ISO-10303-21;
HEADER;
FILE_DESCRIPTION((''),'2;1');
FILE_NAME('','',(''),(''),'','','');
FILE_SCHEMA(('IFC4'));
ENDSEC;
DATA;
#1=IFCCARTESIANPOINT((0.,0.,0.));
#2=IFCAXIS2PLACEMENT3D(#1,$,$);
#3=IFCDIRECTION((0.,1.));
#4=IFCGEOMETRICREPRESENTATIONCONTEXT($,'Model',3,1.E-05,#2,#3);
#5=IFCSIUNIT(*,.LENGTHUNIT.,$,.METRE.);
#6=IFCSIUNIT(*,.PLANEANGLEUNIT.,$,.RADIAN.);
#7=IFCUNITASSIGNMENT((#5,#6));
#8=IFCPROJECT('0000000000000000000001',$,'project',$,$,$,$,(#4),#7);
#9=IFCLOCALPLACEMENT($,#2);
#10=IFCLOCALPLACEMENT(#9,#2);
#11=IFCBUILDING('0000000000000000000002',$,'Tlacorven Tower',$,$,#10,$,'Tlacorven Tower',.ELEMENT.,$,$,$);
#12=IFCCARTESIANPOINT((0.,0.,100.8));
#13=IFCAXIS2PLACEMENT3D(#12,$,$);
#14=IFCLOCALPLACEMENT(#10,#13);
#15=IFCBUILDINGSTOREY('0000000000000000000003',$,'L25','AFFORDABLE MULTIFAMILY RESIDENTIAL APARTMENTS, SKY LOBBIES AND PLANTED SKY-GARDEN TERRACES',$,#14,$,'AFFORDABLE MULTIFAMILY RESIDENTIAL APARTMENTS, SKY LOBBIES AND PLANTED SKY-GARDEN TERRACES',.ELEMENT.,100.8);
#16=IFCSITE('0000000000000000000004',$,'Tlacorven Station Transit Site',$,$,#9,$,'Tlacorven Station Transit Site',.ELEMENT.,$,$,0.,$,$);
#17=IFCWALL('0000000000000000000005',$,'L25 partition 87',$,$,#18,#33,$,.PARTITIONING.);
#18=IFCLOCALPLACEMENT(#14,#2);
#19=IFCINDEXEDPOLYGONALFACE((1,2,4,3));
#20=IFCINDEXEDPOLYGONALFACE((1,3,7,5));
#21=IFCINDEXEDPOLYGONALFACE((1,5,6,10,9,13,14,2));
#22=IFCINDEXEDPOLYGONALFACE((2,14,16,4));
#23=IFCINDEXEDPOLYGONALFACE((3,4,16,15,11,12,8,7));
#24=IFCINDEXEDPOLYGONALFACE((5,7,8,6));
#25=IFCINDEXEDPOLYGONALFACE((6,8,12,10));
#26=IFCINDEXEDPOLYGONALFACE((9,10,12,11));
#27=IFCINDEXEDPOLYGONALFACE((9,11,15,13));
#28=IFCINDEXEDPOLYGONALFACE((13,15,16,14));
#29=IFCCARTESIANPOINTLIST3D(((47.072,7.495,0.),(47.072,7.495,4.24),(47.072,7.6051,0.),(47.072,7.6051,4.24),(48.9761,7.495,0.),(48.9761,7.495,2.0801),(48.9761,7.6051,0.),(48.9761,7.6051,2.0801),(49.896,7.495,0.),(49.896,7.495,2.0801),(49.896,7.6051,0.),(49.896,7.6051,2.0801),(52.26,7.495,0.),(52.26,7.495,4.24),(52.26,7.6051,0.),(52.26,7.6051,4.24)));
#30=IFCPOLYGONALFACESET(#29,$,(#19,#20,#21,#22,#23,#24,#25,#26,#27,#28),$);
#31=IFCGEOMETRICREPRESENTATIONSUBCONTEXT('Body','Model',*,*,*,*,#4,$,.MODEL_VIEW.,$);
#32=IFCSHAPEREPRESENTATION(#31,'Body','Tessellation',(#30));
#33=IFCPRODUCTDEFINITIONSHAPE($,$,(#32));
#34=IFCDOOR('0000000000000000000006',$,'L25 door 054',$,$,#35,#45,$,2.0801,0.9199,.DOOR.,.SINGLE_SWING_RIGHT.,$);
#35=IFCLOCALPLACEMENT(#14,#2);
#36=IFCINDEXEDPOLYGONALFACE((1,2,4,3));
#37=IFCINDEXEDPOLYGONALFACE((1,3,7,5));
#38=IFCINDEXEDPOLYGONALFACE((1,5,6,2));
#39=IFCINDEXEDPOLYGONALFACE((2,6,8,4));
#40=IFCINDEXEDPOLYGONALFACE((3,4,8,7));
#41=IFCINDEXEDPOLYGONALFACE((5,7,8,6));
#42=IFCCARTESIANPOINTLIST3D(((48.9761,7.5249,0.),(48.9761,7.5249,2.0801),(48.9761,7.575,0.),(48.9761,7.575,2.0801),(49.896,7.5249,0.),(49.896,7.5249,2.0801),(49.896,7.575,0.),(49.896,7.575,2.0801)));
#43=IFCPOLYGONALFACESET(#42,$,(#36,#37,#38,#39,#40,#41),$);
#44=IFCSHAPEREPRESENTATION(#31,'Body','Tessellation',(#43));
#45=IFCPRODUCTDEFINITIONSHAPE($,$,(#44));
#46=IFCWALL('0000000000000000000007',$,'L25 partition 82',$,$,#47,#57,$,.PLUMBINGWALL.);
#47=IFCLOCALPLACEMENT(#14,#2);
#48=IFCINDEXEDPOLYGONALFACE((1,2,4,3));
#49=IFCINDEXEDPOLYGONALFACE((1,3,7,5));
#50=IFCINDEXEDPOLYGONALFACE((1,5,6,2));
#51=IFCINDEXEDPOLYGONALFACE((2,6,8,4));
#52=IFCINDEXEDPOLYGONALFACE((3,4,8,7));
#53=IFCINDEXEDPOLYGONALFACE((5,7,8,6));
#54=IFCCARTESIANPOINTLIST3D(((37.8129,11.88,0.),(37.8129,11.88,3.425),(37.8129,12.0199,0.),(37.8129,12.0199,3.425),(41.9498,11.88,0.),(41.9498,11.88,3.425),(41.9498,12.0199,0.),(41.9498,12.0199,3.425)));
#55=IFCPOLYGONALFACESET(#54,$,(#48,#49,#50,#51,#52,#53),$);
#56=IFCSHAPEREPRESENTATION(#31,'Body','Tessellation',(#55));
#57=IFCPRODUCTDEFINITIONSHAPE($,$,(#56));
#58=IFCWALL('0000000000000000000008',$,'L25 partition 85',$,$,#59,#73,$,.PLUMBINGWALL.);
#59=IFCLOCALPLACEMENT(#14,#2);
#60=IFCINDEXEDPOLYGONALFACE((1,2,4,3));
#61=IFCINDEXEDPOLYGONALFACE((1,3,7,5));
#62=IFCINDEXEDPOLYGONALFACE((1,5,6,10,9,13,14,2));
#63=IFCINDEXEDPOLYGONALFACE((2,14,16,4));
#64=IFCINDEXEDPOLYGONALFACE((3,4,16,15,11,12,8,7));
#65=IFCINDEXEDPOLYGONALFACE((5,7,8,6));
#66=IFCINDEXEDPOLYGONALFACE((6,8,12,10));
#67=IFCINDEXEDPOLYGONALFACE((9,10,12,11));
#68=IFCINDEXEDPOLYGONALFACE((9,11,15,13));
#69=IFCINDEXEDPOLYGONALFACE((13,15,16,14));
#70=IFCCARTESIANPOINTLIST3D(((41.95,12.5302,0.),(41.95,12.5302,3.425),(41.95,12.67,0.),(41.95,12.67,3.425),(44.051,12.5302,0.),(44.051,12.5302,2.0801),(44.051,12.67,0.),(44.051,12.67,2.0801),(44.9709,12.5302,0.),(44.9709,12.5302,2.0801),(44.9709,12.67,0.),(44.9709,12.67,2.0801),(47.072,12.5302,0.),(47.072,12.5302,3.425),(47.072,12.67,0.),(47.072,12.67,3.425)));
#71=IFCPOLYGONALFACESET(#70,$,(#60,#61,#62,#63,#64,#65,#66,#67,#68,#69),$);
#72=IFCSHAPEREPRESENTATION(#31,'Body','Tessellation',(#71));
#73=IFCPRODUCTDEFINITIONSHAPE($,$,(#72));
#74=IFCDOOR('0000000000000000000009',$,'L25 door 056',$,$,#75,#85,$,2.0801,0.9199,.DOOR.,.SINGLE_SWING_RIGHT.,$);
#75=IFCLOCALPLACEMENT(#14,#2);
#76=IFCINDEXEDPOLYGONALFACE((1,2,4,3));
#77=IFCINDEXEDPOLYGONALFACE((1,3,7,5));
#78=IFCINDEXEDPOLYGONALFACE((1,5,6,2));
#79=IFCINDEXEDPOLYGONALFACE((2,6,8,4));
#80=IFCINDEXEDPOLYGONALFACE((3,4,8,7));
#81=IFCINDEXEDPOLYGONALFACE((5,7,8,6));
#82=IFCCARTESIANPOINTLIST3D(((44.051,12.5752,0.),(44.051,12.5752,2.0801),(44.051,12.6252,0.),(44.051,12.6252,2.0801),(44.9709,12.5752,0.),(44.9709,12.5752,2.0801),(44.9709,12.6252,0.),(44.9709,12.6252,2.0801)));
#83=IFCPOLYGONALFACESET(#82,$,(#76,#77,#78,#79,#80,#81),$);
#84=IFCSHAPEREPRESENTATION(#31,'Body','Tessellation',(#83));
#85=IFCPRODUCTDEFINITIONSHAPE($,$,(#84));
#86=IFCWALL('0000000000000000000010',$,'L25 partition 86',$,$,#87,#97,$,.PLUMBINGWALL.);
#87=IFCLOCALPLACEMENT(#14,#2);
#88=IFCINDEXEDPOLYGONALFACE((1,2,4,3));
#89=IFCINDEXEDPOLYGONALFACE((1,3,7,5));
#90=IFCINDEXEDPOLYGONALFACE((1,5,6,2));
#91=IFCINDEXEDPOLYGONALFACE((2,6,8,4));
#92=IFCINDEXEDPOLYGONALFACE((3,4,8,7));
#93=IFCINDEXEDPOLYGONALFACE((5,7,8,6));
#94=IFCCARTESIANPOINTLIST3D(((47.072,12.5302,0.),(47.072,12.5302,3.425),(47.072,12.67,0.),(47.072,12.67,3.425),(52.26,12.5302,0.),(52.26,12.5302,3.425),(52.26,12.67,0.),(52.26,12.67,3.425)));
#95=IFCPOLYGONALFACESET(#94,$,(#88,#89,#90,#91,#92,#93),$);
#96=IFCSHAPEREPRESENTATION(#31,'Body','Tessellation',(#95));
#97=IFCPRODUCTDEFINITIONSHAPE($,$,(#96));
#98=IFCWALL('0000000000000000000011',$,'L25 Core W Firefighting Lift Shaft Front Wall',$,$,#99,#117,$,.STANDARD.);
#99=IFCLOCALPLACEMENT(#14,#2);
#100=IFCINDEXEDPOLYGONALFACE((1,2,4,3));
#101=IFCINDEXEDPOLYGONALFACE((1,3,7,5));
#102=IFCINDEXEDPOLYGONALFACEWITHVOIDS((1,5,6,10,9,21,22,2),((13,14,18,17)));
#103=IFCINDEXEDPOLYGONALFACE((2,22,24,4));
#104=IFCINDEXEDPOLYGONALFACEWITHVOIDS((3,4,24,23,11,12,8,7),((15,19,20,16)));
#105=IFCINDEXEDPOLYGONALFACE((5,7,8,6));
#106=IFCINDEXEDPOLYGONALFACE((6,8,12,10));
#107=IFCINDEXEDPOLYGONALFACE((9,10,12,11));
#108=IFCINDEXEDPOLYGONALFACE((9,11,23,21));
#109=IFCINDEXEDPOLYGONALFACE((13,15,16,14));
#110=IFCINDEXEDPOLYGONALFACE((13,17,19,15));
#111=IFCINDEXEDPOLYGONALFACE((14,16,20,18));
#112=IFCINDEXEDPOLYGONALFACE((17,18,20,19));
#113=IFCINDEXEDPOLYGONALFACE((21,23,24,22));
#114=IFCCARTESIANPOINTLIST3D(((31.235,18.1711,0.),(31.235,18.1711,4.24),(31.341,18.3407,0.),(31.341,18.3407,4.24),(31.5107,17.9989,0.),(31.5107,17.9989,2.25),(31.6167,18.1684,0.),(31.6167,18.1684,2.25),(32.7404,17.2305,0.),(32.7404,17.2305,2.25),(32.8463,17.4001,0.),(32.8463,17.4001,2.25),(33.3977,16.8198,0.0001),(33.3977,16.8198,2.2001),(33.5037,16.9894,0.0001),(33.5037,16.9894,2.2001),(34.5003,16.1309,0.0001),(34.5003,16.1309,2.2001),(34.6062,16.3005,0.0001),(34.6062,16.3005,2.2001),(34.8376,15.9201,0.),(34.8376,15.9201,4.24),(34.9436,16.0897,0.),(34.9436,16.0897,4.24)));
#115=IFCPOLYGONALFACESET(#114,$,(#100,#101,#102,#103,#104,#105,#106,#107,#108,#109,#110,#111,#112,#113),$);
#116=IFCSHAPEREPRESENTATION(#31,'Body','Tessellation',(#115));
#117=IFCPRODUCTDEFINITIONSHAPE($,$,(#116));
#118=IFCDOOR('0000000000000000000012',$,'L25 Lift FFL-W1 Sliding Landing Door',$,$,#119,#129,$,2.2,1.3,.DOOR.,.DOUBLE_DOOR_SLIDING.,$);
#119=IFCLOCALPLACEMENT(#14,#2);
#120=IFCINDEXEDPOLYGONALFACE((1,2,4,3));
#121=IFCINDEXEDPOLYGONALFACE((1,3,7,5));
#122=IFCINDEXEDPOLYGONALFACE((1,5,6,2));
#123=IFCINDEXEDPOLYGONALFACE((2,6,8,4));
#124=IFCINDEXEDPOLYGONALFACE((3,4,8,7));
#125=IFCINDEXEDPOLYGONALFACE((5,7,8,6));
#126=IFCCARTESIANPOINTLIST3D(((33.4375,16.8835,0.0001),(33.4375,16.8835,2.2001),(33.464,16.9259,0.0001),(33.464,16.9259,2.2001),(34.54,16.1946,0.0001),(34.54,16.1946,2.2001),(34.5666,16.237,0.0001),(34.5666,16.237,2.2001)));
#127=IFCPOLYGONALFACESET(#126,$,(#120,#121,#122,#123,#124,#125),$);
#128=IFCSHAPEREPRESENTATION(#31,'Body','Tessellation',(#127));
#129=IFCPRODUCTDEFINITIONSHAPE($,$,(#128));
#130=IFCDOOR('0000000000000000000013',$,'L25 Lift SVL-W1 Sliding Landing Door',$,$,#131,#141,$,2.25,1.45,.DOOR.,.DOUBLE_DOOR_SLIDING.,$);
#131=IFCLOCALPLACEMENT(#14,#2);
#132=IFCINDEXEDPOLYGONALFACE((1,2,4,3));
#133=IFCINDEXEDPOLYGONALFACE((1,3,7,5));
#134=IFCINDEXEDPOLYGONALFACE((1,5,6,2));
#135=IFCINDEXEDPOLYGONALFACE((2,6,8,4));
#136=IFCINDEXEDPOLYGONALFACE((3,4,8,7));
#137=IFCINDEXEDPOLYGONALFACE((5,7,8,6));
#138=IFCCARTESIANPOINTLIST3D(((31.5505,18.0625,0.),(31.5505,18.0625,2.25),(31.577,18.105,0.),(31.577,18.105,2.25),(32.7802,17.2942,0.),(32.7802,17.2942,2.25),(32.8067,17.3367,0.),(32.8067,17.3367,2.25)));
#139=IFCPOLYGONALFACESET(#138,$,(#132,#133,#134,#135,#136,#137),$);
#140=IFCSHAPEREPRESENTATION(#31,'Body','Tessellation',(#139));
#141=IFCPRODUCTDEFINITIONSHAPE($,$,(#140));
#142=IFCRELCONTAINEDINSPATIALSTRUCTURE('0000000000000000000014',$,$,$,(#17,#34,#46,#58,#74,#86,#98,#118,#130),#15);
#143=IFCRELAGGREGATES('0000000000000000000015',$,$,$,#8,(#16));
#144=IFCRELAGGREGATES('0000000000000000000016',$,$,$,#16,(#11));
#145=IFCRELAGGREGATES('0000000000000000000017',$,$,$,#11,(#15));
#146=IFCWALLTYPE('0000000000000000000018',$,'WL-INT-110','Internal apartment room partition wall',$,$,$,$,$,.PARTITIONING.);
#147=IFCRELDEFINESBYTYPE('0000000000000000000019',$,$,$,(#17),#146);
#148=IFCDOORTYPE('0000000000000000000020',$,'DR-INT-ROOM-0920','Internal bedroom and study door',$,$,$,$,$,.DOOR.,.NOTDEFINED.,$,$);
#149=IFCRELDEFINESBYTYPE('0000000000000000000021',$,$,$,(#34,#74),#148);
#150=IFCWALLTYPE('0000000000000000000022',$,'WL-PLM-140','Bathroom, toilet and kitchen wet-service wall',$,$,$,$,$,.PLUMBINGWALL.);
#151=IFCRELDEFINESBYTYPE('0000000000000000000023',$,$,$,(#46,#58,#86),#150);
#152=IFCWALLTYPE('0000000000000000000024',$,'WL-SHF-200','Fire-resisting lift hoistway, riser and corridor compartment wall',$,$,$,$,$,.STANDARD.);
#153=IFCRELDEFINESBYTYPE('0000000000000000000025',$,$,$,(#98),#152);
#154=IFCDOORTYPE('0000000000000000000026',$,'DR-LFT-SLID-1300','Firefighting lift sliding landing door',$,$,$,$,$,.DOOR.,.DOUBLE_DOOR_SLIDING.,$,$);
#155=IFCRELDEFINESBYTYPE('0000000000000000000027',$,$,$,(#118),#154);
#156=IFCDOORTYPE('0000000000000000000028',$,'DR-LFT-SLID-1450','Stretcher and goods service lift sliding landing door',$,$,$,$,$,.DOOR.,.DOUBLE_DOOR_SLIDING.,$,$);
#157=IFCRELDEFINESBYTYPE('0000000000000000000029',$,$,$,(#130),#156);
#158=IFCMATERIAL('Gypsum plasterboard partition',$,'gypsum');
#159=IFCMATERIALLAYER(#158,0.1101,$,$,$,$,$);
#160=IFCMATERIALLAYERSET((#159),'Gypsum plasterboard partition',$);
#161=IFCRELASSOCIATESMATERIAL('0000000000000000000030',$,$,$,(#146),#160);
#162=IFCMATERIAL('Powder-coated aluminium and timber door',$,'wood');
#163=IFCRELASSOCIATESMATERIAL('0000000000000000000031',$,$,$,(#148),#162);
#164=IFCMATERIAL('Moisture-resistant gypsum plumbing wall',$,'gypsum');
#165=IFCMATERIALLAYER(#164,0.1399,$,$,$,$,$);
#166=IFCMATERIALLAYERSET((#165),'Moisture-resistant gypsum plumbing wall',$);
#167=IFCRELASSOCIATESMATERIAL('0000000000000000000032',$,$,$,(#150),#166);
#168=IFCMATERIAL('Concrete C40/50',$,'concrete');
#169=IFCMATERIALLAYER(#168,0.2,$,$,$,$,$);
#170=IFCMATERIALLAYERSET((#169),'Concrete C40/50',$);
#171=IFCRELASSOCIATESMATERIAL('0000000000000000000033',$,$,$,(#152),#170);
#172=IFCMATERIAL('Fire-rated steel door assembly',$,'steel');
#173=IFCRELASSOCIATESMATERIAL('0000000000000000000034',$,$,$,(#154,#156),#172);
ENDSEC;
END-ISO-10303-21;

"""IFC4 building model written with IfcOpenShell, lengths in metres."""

from ifc_helpers import new_model, si_unit, direction, frame, frame_2d, origin, place, context, subcontext, project, spatial, rectangle, extrude, source, transform, mapped, material, layer, layer_set, type_object, element, fill, save


model = new_model("IFC4")

# Units and contexts
model_context = context("Model", 3, precision=1e-05, world=origin(), true_north=direction((0.0, 1.0)))
body_context = subcontext(model_context, "Body", "Model", "MODEL_VIEW")
ifc_project = project(units=[si_unit("LENGTHUNIT", "METRE"), si_unit("PLANEANGLEUNIT", "RADIAN")], contexts=[model_context])

# Site, building, storey
site_placement = place(None, origin())
site = spatial("IfcSite", under=ifc_project, at=site_placement, Name="Tlacorven Station Transit Site", LongName="Tlacorven Station Transit Site", CompositionType="ELEMENT", RefElevation=0.0)
building_placement = place(site_placement, origin())
building = spatial("IfcBuilding", under=site, at=building_placement, Name="Tlacorven Tower", LongName="Tlacorven Tower", CompositionType="ELEMENT")
storey_placement = place(building_placement, frame((0.0, 0.0, 100.8)))
storey = spatial("IfcBuildingStorey", under=building, at=storey_placement, Name="L25", Description="AFFORDABLE MULTIFAMILY RESIDENTIAL APARTMENTS, SKY LOBBIES AND PLANTED SKY-GARDEN TERRACES", LongName="AFFORDABLE MULTIFAMILY RESIDENTIAL APARTMENTS, SKY LOBBIES AND PLANTED SKY-GARDEN TERRACES", CompositionType="ELEMENT", Elevation=100.8)

# Shared definitions
ifc_material_1 = material(Name="Fire-rated steel door assembly", Category="steel")

# Wall, opening, door
ifc_material_2 = material(Name="Gypsum plasterboard partition", Category="gypsum")
ifc_layer_1 = layer(ifc_material_2, 0.1101)
ifc_layer_set_1 = layer_set([ifc_layer_1], Name="Gypsum plasterboard partition")
wall_type_1 = type_object("IfcWallType", Name="WL-INT-110", Description="Internal apartment room partition wall", PredefinedType="PARTITIONING", material=ifc_layer_set_1)
ifc_material_3 = material(Name="Powder-coated aluminium and timber door", Category="wood")
door_type_1 = type_object("IfcDoorType", Name="DR-INT-ROOM-0920", Description="Internal bedroom and study door", OperationType="NOTDEFINED", PredefinedType="DOOR", material=ifc_material_3)
shared_shape_1 = source(origin(), body_context, "Body", "SweptSolid", [
    extrude(rectangle(XDim=0.9199, YDim=2.0801, at=frame_2d((0.46, 1.04))), frame((0.0, 0.0249, 0.0), z_axis=(0.0, -1.0, 0.0), x_axis=(1.0, 0.0, 0.0)), (0.0, 0.0, 1.0), 0.05),
])
wall_1_placement = place(storey_placement, frame((47.072, 7.55, 0.0), z_axis=(0.0, 0.0, 1.0), x_axis=(1.0, 0.0, 0.0)))
wall_1 = element("IfcWall", 1, at=wall_1_placement, inside=storey, type_object=wall_type_1, Name="L25 partition 87", PredefinedType="PARTITIONING", context=body_context, shape_type="SweptSolid", body=[
    extrude(rectangle(XDim=5.188, YDim=0.1101, at=frame_2d((2.594, 0.0))), origin(), (0.0, 0.0, 1.0), 4.24),
])
opening_1_placement = place(wall_1_placement, frame((1.9041, 0.0, 0.0)))
opening_1 = element("IfcOpeningElement", 2, at=opening_1_placement, cuts=wall_1, PredefinedType="OPENING", context=body_context, shape_type="SweptSolid", body=[
    extrude(rectangle(XDim=0.9199, YDim=2.0801, at=frame_2d((0.46, 1.04))), frame((0.0, 0.0649, 0.0), z_axis=(0.0, -1.0, 0.0), x_axis=(1.0, 0.0, 0.0)), (0.0, 0.0, 1.0), 0.1301),
])
door_1_placement = place(opening_1_placement, origin())
door_1 = element("IfcDoor", 3, at=door_1_placement, inside=storey, type_object=door_type_1, Name="L25 door 054", OperationType="SINGLE_SWING_RIGHT", OverallHeight=2.0801, OverallWidth=0.9199, PredefinedType="DOOR", context=body_context, shape_type="MappedRepresentation", body=[
    mapped(shared_shape_1, transform((0.0, 0.0, 0.0), scale=1.0)),
])
fill(opening_1, door_1)

# Wall
ifc_material_4 = material(Name="Moisture-resistant gypsum plumbing wall", Category="gypsum")
ifc_layer_2 = layer(ifc_material_4, 0.1399)
ifc_layer_set_2 = layer_set([ifc_layer_2], Name="Moisture-resistant gypsum plumbing wall")
wall_type_2 = type_object("IfcWallType", Name="WL-PLM-140", Description="Bathroom, toilet and kitchen wet-service wall", PredefinedType="PLUMBINGWALL", material=ifc_layer_set_2)
wall_2_placement = place(storey_placement, frame((37.813, 11.95, 0.0), z_axis=(0.0, 0.0, 1.0), x_axis=(1.0, 0.0, 0.0)))
element("IfcWall", 4, at=wall_2_placement, inside=storey, type_object=wall_type_2, Name="L25 partition 82", PredefinedType="PLUMBINGWALL", context=body_context, shape_type="SweptSolid", body=[
    extrude(rectangle(XDim=4.137, YDim=0.1399, at=frame_2d((2.0684, 0.0))), origin(), (0.0, 0.0, 1.0), 3.425),
])

# Wall, opening, door
wall_3_placement = place(storey_placement, frame((41.95, 12.6001, 0.0), z_axis=(0.0, 0.0, 1.0), x_axis=(1.0, 0.0, 0.0)))
wall_3 = element("IfcWall", 5, at=wall_3_placement, inside=storey, type_object=wall_type_2, Name="L25 partition 85", PredefinedType="PLUMBINGWALL", context=body_context, shape_type="SweptSolid", body=[
    extrude(rectangle(XDim=5.1221, YDim=0.1399, at=frame_2d((2.561, 0.0))), origin(), (0.0, 0.0, 1.0), 3.425),
])
opening_2_placement = place(wall_3_placement, frame((2.1011, 0.0, 0.0)))
opening_2 = element("IfcOpeningElement", 6, at=opening_2_placement, cuts=wall_3, PredefinedType="OPENING", context=body_context, shape_type="SweptSolid", body=[
    extrude(rectangle(XDim=0.9199, YDim=2.0801, at=frame_2d((0.46, 1.04))), frame((0.0, 0.0801, 0.0), z_axis=(0.0, -1.0, 0.0), x_axis=(1.0, 0.0, 0.0)), (0.0, 0.0, 1.0), 0.1599),
])
door_2_placement = place(opening_2_placement, frame((0.9199, 0.0, 0.0), z_axis=(0.0, 0.0, 1.0), x_axis=(-1.0, 0.0, 0.0)))
door_2 = element("IfcDoor", 7, at=door_2_placement, inside=storey, type_object=door_type_1, Name="L25 door 056", OperationType="SINGLE_SWING_RIGHT", OverallHeight=2.0801, OverallWidth=0.9199, PredefinedType="DOOR", context=body_context, shape_type="MappedRepresentation", body=[
    mapped(shared_shape_1, transform((0.0, 0.0, 0.0), scale=1.0)),
])
fill(opening_2, door_2)

# Wall
wall_4_placement = place(storey_placement, frame((47.072, 12.6001, 0.0), z_axis=(0.0, 0.0, 1.0), x_axis=(1.0, 0.0, 0.0)))
element("IfcWall", 8, at=wall_4_placement, inside=storey, type_object=wall_type_2, Name="L25 partition 86", PredefinedType="PLUMBINGWALL", context=body_context, shape_type="SweptSolid", body=[
    extrude(rectangle(XDim=5.188, YDim=0.1399, at=frame_2d((2.594, 0.0))), origin(), (0.0, 0.0, 1.0), 3.425),
])

# Wall, openings, doors
ifc_material_5 = material(Name="Concrete C40/50", Category="concrete")
ifc_layer_3 = layer(ifc_material_5, 0.2)
ifc_layer_set_3 = layer_set([ifc_layer_3], Name="Concrete C40/50")
wall_type_3 = type_object("IfcWallType", Name="WL-SHF-200", Description="Fire-resisting lift hoistway, riser and corridor compartment wall", PredefinedType="STANDARD", material=ifc_layer_set_3)
wall_5_placement = place(storey_placement, frame((34.8906, 16.0049, 0.0), z_axis=(0.0, 0.0, 1.0), x_axis=(-0.848063, 0.529896, 0.0)))
wall_5 = element("IfcWall", 9, at=wall_5_placement, inside=storey, type_object=wall_type_3, Name="L25 Core W Firefighting Lift Shaft Front Wall", PredefinedType="STANDARD", context=body_context, shape_type="SweptSolid", body=[
    extrude(rectangle(XDim=4.248, YDim=0.2, at=frame_2d((2.124, 0.0))), origin(), (0.0, 0.0, 1.0), 4.24),
])
opening_3_placement = place(wall_5_placement, frame((0.3979, 0.0, 0.0)))
opening_3 = element("IfcOpeningElement", 10, at=opening_3_placement, cuts=wall_5, PredefinedType="OPENING", context=body_context, shape_type="SweptSolid", body=[
    extrude(rectangle(XDim=1.3, YDim=2.2, at=frame_2d((0.6499, 1.1001))), frame((0.0, 0.1099, 0.0), z_axis=(0.0, -1.0, 0.0), x_axis=(1.0, 0.0, 0.0)), (0.0, 0.0, 1.0), 0.22),
])
opening_4_placement = place(wall_5_placement, frame((2.4729, 0.0, 0.0)))
opening_4 = element("IfcOpeningElement", 11, at=opening_4_placement, cuts=wall_5, PredefinedType="OPENING", context=body_context, shape_type="SweptSolid", body=[
    extrude(rectangle(XDim=1.45, YDim=2.25, at=frame_2d((0.7251, 1.125))), frame((0.0, 0.1099, 0.0), z_axis=(0.0, -1.0, 0.0), x_axis=(1.0, 0.0, 0.0)), (0.0, 0.0, 1.0), 0.22),
])
door_type_2 = type_object("IfcDoorType", Name="DR-LFT-SLID-1300", Description="Firefighting lift sliding landing door", OperationType="DOUBLE_DOOR_SLIDING", PredefinedType="DOOR", material=ifc_material_1)
shared_shape_2 = source(origin(), body_context, "Body", "SweptSolid", [
    extrude(rectangle(XDim=1.3, YDim=2.2, at=frame_2d((0.6499, 1.1001))), frame((0.0, 0.0249, 0.0), z_axis=(0.0, -1.0, 0.0), x_axis=(1.0, 0.0, 0.0)), (0.0, 0.0, 1.0), 0.05),
])
door_3_placement = place(opening_3_placement, origin())
door_3 = element("IfcDoor", 12, at=door_3_placement, inside=storey, type_object=door_type_2, Name="L25 Lift FFL-W1 Sliding Landing Door", OperationType="DOUBLE_DOOR_SLIDING", OverallHeight=2.2, OverallWidth=1.3, PredefinedType="DOOR", context=body_context, shape_type="MappedRepresentation", body=[
    mapped(shared_shape_2, transform((0.0, 0.0, 0.0), scale=1.0)),
])
fill(opening_3, door_3)
door_type_3 = type_object("IfcDoorType", Name="DR-LFT-SLID-1450", Description="Stretcher and goods service lift sliding landing door", OperationType="DOUBLE_DOOR_SLIDING", PredefinedType="DOOR", material=ifc_material_1)
shared_shape_3 = source(origin(), body_context, "Body", "SweptSolid", [
    extrude(rectangle(XDim=1.45, YDim=2.25, at=frame_2d((0.7251, 1.125))), frame((0.0, 0.0249, 0.0), z_axis=(0.0, -1.0, 0.0), x_axis=(1.0, 0.0, 0.0)), (0.0, 0.0, 1.0), 0.05),
])
door_4_placement = place(opening_4_placement, origin())
door_4 = element("IfcDoor", 13, at=door_4_placement, inside=storey, type_object=door_type_3, Name="L25 Lift SVL-W1 Sliding Landing Door", OperationType="DOUBLE_DOOR_SLIDING", OverallHeight=2.25, OverallWidth=1.45, PredefinedType="DOOR", context=body_context, shape_type="MappedRepresentation", body=[
    mapped(shared_shape_3, transform((0.0, 0.0, 0.0), scale=1.0)),
])
fill(opening_4, door_4)

save(model, "model.ifc")
